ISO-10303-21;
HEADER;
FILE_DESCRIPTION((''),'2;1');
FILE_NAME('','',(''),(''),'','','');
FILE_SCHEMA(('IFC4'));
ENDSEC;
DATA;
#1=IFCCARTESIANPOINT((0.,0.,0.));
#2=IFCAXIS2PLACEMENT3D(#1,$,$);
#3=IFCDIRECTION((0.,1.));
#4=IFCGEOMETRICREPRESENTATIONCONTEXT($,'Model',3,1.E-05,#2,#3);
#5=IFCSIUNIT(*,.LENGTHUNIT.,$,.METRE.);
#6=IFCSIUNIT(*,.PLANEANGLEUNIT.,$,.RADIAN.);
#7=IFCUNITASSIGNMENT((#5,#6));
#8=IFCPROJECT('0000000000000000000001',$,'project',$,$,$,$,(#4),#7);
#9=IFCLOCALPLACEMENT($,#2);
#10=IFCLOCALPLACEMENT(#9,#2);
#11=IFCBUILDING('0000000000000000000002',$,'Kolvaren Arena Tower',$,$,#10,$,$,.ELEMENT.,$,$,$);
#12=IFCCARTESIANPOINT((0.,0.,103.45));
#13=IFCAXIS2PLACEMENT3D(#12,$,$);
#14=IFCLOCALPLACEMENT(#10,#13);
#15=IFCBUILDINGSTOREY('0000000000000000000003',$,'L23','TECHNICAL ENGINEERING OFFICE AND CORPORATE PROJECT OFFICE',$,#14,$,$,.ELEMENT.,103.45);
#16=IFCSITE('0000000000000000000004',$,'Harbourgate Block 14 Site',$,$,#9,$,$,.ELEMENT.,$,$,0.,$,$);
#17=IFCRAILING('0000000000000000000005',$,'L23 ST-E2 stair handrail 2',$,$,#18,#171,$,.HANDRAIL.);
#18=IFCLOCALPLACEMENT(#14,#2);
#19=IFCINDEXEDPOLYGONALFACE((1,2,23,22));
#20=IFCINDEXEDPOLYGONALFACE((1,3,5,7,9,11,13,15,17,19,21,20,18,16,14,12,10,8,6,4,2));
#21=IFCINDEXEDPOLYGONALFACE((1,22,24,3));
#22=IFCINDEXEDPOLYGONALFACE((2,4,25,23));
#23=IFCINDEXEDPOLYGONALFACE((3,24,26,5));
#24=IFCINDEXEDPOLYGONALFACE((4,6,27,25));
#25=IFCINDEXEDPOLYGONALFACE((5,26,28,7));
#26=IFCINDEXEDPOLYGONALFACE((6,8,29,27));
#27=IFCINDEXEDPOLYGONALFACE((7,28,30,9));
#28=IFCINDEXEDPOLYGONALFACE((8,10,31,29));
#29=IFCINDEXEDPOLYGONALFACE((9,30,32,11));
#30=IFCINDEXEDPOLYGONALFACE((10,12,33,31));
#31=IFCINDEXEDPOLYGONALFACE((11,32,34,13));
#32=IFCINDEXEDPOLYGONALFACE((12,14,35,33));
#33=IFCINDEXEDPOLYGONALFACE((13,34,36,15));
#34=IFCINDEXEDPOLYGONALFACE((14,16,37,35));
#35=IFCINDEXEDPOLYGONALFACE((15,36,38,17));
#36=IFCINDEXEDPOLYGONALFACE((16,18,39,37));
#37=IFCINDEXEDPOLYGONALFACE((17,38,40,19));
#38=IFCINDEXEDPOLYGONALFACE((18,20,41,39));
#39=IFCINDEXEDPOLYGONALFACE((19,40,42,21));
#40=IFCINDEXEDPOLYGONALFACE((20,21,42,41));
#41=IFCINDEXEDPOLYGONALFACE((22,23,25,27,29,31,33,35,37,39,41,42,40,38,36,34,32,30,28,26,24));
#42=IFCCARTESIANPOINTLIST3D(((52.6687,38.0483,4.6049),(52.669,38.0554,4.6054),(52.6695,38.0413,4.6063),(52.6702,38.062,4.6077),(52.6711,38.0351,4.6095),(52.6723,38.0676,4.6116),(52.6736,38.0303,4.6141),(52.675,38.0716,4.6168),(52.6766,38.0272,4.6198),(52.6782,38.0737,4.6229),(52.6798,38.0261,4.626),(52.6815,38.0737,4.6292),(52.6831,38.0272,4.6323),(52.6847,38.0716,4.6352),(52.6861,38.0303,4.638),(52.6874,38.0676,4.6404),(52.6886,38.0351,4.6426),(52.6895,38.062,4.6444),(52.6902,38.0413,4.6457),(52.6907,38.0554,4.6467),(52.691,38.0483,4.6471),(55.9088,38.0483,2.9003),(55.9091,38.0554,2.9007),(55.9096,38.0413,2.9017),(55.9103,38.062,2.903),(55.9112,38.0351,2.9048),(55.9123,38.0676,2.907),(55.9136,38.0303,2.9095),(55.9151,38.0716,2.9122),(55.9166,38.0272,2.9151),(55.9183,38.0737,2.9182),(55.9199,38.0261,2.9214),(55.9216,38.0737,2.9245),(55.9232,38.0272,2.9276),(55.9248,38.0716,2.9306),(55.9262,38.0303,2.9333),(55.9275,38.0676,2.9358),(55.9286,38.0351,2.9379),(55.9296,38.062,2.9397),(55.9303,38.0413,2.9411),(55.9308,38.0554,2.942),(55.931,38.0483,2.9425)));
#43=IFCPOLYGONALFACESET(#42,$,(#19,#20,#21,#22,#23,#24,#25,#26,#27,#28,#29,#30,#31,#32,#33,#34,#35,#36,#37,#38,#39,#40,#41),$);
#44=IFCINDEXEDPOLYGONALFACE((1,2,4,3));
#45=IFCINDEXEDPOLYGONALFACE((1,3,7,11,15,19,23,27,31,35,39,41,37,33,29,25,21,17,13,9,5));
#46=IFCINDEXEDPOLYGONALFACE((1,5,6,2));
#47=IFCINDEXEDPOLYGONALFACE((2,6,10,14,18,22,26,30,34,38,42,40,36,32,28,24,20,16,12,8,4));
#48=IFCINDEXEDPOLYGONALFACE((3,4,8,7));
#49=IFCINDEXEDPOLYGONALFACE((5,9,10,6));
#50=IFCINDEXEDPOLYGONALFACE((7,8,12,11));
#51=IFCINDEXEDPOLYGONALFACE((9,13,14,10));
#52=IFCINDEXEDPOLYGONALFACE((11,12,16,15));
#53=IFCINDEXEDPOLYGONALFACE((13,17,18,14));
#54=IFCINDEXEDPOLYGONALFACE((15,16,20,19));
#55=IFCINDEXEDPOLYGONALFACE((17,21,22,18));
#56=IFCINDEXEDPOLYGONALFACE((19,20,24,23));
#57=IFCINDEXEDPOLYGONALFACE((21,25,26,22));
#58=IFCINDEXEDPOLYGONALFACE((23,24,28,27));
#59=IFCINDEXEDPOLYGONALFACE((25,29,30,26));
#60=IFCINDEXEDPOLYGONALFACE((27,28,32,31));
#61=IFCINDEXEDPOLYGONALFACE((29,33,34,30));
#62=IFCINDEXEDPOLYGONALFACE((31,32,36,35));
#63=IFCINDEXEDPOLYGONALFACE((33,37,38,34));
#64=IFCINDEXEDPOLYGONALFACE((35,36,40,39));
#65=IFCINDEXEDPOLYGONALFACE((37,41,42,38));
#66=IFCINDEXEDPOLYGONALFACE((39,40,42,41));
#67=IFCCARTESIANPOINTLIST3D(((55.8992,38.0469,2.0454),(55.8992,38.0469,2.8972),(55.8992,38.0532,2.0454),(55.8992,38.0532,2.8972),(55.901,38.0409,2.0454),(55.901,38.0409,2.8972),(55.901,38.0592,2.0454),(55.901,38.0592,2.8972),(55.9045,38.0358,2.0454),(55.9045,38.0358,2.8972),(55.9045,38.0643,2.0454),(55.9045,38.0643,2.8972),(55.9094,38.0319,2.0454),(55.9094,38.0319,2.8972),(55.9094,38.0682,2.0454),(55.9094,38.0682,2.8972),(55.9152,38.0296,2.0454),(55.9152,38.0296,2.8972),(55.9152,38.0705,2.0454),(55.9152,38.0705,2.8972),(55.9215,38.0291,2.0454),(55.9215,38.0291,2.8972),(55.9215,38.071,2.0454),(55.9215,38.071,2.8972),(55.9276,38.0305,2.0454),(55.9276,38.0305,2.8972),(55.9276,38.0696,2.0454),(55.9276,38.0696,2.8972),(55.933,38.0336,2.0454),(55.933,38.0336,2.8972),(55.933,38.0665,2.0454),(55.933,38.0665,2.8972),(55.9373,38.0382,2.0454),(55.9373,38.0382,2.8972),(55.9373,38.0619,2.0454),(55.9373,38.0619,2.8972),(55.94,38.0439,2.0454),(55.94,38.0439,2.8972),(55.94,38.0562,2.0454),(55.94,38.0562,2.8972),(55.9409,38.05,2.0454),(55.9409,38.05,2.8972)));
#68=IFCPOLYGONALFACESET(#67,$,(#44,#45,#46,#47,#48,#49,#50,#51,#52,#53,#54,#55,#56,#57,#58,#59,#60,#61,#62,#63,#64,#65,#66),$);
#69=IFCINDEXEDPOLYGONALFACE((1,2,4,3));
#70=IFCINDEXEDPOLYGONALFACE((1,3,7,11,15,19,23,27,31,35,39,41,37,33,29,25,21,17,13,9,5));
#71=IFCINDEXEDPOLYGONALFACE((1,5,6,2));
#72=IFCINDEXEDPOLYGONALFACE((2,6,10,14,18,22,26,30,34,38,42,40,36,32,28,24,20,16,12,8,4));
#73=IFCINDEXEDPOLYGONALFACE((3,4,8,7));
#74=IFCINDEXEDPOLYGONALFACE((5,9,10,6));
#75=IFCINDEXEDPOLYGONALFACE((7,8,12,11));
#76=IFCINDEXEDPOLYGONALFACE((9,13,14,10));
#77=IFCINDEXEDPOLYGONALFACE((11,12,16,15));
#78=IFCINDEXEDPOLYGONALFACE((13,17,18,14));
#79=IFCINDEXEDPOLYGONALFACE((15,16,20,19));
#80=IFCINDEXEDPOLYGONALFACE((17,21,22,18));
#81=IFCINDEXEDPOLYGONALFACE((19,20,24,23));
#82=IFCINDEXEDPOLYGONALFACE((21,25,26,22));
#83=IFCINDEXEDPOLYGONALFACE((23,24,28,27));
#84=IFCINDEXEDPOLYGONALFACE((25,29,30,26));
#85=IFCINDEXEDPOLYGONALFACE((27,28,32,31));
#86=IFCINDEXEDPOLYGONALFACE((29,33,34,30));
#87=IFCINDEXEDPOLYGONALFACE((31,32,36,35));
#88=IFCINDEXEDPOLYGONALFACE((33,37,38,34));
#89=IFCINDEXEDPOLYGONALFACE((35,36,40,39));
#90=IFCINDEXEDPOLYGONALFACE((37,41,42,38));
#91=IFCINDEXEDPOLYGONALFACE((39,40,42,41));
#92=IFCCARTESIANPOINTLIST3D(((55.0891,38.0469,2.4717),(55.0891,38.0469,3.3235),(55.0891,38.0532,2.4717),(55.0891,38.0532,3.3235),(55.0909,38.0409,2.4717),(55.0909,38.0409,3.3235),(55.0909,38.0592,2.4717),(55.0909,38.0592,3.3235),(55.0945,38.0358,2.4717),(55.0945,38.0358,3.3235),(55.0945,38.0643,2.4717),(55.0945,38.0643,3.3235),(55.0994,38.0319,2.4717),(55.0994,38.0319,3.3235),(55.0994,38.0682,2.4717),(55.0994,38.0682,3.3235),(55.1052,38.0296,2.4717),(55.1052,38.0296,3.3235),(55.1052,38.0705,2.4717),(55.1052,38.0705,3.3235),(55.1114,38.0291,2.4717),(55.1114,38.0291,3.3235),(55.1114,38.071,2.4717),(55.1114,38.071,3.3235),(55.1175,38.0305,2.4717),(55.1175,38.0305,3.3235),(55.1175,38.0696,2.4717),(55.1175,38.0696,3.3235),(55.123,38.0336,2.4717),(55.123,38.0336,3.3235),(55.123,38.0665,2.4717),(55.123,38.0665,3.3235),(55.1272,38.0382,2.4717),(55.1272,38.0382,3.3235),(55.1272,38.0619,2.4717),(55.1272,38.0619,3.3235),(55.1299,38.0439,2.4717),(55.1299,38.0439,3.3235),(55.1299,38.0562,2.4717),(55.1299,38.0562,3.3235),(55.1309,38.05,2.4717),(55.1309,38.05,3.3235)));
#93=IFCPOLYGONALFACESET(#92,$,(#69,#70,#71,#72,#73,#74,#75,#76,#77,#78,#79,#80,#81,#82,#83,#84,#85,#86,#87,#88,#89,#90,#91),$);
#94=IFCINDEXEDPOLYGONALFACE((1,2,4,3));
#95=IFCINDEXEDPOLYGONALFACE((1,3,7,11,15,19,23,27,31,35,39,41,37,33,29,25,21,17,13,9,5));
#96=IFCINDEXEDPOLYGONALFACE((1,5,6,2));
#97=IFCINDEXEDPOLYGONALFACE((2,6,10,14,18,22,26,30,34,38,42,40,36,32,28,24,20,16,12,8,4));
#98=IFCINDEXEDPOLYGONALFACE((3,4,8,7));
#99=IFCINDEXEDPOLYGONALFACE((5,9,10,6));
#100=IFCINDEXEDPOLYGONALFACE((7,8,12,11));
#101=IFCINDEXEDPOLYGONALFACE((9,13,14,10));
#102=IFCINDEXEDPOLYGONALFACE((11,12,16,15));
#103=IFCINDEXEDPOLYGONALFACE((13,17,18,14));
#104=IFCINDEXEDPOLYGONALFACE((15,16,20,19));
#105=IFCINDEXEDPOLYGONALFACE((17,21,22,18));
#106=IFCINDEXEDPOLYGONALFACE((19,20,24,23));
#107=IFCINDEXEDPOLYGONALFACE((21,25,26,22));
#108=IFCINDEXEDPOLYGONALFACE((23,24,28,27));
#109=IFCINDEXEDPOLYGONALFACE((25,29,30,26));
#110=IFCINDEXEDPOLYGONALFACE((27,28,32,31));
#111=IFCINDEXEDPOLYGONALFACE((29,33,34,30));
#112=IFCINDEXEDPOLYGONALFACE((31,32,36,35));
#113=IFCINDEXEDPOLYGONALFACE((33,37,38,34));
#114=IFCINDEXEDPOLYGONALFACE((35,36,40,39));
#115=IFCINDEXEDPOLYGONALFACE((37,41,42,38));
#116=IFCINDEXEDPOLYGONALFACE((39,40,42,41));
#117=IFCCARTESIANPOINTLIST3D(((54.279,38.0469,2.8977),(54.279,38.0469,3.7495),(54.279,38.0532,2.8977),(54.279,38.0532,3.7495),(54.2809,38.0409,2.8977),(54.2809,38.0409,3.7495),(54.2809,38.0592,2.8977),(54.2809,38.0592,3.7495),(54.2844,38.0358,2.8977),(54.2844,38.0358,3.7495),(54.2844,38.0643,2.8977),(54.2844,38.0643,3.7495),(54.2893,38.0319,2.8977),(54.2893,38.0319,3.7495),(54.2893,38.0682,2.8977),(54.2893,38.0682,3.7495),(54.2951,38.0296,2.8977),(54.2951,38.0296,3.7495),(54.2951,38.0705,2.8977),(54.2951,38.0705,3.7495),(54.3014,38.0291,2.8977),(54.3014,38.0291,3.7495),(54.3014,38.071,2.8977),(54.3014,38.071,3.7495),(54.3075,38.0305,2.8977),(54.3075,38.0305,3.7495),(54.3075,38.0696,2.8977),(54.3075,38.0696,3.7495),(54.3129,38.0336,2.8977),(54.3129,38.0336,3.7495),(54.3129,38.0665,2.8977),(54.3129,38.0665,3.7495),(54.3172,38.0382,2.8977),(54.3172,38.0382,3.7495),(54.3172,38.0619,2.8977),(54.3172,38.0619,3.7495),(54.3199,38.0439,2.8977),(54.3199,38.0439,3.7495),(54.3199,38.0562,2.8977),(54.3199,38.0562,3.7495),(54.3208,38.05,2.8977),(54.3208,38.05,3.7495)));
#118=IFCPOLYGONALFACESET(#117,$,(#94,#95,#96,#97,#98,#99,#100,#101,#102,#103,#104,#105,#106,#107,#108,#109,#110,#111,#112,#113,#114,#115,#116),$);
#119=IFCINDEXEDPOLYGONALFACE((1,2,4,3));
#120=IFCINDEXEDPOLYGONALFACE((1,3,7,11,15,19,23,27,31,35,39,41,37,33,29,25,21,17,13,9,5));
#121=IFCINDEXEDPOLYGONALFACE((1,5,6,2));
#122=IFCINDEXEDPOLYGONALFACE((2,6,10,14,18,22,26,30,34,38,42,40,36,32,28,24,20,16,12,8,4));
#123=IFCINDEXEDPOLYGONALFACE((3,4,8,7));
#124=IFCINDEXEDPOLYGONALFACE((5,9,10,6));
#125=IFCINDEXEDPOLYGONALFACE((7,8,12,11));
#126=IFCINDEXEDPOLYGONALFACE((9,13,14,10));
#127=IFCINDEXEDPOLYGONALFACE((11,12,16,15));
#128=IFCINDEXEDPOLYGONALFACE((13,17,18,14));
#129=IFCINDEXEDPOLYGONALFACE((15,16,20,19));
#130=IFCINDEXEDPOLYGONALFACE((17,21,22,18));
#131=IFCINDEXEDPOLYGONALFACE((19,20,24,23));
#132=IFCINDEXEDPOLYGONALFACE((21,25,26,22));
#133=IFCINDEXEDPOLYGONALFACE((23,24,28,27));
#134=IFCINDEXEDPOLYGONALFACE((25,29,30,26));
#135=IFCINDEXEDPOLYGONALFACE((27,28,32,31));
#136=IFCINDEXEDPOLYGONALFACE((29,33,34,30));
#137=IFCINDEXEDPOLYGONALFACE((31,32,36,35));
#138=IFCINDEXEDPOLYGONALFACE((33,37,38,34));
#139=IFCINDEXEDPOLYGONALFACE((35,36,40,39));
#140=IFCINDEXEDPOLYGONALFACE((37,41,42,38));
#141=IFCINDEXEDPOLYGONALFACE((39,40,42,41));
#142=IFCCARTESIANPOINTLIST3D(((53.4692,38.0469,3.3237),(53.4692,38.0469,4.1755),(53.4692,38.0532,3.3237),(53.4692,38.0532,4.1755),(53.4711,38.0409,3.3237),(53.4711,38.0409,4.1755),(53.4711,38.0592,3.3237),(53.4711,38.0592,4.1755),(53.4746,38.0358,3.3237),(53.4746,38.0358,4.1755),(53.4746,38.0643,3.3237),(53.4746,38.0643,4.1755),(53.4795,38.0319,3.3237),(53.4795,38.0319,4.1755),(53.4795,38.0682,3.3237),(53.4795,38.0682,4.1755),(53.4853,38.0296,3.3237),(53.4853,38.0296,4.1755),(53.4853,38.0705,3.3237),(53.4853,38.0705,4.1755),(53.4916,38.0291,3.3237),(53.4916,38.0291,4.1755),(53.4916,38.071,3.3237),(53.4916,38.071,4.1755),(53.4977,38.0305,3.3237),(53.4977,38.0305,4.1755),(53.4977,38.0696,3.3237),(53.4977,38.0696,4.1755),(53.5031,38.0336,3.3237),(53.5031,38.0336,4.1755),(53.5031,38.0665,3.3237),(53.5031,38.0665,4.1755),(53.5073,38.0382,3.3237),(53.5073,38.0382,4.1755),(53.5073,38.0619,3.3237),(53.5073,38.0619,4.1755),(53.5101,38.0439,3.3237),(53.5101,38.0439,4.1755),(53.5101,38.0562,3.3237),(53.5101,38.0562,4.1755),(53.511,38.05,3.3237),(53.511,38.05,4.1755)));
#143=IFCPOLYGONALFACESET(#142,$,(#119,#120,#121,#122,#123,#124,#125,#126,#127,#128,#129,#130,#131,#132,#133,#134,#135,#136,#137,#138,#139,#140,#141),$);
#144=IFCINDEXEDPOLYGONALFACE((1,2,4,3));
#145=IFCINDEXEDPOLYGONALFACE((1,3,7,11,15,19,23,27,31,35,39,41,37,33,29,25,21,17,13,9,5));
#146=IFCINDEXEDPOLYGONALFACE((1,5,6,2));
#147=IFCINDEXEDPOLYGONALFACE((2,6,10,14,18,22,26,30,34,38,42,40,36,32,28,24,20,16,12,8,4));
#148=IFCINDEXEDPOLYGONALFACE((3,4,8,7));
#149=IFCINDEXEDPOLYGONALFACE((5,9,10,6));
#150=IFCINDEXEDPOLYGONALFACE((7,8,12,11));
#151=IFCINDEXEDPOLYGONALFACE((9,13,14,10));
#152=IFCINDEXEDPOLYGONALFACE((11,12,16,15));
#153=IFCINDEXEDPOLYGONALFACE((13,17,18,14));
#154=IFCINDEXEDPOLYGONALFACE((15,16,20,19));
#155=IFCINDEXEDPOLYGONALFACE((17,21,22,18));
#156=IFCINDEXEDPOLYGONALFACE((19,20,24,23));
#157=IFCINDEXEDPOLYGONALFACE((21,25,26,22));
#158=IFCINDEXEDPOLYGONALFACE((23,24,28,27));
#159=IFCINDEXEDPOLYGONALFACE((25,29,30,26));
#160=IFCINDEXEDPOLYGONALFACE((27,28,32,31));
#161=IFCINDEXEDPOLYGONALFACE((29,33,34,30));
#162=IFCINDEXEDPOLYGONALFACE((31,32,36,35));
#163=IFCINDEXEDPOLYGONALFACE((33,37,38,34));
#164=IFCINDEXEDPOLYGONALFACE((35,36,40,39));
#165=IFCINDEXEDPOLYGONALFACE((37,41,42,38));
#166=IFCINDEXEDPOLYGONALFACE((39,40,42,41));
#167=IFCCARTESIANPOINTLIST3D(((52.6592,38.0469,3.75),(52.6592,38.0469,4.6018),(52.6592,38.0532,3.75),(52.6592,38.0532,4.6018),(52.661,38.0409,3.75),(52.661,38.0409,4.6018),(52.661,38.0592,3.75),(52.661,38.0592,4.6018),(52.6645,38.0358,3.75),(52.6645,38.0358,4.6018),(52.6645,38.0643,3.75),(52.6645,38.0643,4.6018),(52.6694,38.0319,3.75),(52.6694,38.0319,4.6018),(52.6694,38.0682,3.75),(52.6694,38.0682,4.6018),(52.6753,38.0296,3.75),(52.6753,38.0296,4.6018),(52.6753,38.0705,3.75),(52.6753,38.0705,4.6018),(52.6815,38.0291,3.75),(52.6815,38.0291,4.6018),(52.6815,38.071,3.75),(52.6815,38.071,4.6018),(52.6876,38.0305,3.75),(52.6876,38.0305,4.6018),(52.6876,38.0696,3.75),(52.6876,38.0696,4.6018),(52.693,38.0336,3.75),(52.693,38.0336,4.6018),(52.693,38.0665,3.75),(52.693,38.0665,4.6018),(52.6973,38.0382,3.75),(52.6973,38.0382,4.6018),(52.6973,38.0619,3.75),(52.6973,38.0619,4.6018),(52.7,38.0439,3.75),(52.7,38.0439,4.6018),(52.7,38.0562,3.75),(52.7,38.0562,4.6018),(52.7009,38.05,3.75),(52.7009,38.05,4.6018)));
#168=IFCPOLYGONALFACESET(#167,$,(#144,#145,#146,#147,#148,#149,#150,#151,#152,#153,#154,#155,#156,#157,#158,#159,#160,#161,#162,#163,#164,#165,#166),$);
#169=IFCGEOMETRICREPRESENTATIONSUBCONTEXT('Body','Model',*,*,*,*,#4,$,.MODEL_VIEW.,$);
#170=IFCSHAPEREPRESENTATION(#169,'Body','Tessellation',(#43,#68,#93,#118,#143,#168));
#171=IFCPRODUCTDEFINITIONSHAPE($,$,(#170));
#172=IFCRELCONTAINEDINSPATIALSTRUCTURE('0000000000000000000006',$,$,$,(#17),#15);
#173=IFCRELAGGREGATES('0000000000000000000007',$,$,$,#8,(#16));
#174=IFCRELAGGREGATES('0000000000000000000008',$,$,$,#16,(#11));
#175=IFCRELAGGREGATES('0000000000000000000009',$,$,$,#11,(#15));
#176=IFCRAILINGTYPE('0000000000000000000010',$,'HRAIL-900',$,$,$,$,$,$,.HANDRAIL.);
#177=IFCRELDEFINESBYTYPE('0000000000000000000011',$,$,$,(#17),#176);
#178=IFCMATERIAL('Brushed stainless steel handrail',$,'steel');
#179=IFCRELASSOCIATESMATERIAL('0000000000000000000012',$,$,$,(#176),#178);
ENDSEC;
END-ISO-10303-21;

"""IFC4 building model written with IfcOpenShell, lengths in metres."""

from ifc_helpers import new_model, si_unit, direction, frame, origin, origin_2d, place, context, subcontext, project, spatial, circle, extrude, material, type_object, element, save


model = new_model("IFC4")

# Units and contexts
model_context = context("Model", 3, precision=1e-05, world=origin(), true_north=direction((0.0, 1.0)))
body_context = subcontext(model_context, "Body", "Model", "MODEL_VIEW")
ifc_project = project(units=[si_unit("LENGTHUNIT", "METRE"), si_unit("PLANEANGLEUNIT", "RADIAN")], contexts=[model_context])

# Site, building, storey
site_placement = place(None, origin())
site = spatial("IfcSite", under=ifc_project, at=site_placement, Name="Harbourgate Block 14 Site", CompositionType="ELEMENT", RefElevation=0.0)
building_placement = place(site_placement, origin())
building = spatial("IfcBuilding", under=site, at=building_placement, Name="Kolvaren Arena Tower", CompositionType="ELEMENT")
storey_placement = place(building_placement, frame((0.0, 0.0, 103.45)))
storey = spatial("IfcBuildingStorey", under=building, at=storey_placement, Name="L23", Description="TECHNICAL ENGINEERING OFFICE AND CORPORATE PROJECT OFFICE", CompositionType="ELEMENT", Elevation=103.45)

# Railing
ifc_material_1 = material(Name="Brushed stainless steel handrail", Category="steel")
railing_type_1 = type_object("IfcRailingType", Name="HRAIL-900", PredefinedType="HANDRAIL", material=ifc_material_1)
for number, where, name in (
    (1, (55.9199, 38.05, 2.0454), "L23 ST-E2 stair handrail 2"),
):
    element("IfcRailing", number, at=place(storey_placement, frame(where)), inside=storey, type_object=railing_type_1, Name=name, PredefinedType="HANDRAIL", context=body_context, shape_type="SweptSolid", body=[
        extrude(circle(Radius=0.0239, at=origin_2d()), frame((0.0, 0.0, 0.876), z_axis=(-0.884993, 0.0, 0.465604), x_axis=(0.0, -1.0, 0.0)), (0.0, 0.0, 1.0), 3.6611),
        extrude(circle(Radius=0.021, at=origin_2d()), origin(), (0.0, 0.0, 1.0), 0.8518),
        extrude(circle(Radius=0.021, at=origin_2d()), frame((-0.8101, 0.0, 0.4263)), (0.0, 0.0, 1.0), 0.8518),
        extrude(circle(Radius=0.021, at=origin_2d()), frame((-1.6201, 0.0, 0.8523)), (0.0, 0.0, 1.0), 0.8518),
        extrude(circle(Radius=0.021, at=origin_2d()), frame((-2.4299, 0.0, 1.2783)), (0.0, 0.0, 1.0), 0.8518),
        extrude(circle(Radius=0.021, at=origin_2d()), frame((-3.24, 0.0, 1.7046)), (0.0, 0.0, 1.0), 0.8518),
    ])

save(model, "model.ifc")
